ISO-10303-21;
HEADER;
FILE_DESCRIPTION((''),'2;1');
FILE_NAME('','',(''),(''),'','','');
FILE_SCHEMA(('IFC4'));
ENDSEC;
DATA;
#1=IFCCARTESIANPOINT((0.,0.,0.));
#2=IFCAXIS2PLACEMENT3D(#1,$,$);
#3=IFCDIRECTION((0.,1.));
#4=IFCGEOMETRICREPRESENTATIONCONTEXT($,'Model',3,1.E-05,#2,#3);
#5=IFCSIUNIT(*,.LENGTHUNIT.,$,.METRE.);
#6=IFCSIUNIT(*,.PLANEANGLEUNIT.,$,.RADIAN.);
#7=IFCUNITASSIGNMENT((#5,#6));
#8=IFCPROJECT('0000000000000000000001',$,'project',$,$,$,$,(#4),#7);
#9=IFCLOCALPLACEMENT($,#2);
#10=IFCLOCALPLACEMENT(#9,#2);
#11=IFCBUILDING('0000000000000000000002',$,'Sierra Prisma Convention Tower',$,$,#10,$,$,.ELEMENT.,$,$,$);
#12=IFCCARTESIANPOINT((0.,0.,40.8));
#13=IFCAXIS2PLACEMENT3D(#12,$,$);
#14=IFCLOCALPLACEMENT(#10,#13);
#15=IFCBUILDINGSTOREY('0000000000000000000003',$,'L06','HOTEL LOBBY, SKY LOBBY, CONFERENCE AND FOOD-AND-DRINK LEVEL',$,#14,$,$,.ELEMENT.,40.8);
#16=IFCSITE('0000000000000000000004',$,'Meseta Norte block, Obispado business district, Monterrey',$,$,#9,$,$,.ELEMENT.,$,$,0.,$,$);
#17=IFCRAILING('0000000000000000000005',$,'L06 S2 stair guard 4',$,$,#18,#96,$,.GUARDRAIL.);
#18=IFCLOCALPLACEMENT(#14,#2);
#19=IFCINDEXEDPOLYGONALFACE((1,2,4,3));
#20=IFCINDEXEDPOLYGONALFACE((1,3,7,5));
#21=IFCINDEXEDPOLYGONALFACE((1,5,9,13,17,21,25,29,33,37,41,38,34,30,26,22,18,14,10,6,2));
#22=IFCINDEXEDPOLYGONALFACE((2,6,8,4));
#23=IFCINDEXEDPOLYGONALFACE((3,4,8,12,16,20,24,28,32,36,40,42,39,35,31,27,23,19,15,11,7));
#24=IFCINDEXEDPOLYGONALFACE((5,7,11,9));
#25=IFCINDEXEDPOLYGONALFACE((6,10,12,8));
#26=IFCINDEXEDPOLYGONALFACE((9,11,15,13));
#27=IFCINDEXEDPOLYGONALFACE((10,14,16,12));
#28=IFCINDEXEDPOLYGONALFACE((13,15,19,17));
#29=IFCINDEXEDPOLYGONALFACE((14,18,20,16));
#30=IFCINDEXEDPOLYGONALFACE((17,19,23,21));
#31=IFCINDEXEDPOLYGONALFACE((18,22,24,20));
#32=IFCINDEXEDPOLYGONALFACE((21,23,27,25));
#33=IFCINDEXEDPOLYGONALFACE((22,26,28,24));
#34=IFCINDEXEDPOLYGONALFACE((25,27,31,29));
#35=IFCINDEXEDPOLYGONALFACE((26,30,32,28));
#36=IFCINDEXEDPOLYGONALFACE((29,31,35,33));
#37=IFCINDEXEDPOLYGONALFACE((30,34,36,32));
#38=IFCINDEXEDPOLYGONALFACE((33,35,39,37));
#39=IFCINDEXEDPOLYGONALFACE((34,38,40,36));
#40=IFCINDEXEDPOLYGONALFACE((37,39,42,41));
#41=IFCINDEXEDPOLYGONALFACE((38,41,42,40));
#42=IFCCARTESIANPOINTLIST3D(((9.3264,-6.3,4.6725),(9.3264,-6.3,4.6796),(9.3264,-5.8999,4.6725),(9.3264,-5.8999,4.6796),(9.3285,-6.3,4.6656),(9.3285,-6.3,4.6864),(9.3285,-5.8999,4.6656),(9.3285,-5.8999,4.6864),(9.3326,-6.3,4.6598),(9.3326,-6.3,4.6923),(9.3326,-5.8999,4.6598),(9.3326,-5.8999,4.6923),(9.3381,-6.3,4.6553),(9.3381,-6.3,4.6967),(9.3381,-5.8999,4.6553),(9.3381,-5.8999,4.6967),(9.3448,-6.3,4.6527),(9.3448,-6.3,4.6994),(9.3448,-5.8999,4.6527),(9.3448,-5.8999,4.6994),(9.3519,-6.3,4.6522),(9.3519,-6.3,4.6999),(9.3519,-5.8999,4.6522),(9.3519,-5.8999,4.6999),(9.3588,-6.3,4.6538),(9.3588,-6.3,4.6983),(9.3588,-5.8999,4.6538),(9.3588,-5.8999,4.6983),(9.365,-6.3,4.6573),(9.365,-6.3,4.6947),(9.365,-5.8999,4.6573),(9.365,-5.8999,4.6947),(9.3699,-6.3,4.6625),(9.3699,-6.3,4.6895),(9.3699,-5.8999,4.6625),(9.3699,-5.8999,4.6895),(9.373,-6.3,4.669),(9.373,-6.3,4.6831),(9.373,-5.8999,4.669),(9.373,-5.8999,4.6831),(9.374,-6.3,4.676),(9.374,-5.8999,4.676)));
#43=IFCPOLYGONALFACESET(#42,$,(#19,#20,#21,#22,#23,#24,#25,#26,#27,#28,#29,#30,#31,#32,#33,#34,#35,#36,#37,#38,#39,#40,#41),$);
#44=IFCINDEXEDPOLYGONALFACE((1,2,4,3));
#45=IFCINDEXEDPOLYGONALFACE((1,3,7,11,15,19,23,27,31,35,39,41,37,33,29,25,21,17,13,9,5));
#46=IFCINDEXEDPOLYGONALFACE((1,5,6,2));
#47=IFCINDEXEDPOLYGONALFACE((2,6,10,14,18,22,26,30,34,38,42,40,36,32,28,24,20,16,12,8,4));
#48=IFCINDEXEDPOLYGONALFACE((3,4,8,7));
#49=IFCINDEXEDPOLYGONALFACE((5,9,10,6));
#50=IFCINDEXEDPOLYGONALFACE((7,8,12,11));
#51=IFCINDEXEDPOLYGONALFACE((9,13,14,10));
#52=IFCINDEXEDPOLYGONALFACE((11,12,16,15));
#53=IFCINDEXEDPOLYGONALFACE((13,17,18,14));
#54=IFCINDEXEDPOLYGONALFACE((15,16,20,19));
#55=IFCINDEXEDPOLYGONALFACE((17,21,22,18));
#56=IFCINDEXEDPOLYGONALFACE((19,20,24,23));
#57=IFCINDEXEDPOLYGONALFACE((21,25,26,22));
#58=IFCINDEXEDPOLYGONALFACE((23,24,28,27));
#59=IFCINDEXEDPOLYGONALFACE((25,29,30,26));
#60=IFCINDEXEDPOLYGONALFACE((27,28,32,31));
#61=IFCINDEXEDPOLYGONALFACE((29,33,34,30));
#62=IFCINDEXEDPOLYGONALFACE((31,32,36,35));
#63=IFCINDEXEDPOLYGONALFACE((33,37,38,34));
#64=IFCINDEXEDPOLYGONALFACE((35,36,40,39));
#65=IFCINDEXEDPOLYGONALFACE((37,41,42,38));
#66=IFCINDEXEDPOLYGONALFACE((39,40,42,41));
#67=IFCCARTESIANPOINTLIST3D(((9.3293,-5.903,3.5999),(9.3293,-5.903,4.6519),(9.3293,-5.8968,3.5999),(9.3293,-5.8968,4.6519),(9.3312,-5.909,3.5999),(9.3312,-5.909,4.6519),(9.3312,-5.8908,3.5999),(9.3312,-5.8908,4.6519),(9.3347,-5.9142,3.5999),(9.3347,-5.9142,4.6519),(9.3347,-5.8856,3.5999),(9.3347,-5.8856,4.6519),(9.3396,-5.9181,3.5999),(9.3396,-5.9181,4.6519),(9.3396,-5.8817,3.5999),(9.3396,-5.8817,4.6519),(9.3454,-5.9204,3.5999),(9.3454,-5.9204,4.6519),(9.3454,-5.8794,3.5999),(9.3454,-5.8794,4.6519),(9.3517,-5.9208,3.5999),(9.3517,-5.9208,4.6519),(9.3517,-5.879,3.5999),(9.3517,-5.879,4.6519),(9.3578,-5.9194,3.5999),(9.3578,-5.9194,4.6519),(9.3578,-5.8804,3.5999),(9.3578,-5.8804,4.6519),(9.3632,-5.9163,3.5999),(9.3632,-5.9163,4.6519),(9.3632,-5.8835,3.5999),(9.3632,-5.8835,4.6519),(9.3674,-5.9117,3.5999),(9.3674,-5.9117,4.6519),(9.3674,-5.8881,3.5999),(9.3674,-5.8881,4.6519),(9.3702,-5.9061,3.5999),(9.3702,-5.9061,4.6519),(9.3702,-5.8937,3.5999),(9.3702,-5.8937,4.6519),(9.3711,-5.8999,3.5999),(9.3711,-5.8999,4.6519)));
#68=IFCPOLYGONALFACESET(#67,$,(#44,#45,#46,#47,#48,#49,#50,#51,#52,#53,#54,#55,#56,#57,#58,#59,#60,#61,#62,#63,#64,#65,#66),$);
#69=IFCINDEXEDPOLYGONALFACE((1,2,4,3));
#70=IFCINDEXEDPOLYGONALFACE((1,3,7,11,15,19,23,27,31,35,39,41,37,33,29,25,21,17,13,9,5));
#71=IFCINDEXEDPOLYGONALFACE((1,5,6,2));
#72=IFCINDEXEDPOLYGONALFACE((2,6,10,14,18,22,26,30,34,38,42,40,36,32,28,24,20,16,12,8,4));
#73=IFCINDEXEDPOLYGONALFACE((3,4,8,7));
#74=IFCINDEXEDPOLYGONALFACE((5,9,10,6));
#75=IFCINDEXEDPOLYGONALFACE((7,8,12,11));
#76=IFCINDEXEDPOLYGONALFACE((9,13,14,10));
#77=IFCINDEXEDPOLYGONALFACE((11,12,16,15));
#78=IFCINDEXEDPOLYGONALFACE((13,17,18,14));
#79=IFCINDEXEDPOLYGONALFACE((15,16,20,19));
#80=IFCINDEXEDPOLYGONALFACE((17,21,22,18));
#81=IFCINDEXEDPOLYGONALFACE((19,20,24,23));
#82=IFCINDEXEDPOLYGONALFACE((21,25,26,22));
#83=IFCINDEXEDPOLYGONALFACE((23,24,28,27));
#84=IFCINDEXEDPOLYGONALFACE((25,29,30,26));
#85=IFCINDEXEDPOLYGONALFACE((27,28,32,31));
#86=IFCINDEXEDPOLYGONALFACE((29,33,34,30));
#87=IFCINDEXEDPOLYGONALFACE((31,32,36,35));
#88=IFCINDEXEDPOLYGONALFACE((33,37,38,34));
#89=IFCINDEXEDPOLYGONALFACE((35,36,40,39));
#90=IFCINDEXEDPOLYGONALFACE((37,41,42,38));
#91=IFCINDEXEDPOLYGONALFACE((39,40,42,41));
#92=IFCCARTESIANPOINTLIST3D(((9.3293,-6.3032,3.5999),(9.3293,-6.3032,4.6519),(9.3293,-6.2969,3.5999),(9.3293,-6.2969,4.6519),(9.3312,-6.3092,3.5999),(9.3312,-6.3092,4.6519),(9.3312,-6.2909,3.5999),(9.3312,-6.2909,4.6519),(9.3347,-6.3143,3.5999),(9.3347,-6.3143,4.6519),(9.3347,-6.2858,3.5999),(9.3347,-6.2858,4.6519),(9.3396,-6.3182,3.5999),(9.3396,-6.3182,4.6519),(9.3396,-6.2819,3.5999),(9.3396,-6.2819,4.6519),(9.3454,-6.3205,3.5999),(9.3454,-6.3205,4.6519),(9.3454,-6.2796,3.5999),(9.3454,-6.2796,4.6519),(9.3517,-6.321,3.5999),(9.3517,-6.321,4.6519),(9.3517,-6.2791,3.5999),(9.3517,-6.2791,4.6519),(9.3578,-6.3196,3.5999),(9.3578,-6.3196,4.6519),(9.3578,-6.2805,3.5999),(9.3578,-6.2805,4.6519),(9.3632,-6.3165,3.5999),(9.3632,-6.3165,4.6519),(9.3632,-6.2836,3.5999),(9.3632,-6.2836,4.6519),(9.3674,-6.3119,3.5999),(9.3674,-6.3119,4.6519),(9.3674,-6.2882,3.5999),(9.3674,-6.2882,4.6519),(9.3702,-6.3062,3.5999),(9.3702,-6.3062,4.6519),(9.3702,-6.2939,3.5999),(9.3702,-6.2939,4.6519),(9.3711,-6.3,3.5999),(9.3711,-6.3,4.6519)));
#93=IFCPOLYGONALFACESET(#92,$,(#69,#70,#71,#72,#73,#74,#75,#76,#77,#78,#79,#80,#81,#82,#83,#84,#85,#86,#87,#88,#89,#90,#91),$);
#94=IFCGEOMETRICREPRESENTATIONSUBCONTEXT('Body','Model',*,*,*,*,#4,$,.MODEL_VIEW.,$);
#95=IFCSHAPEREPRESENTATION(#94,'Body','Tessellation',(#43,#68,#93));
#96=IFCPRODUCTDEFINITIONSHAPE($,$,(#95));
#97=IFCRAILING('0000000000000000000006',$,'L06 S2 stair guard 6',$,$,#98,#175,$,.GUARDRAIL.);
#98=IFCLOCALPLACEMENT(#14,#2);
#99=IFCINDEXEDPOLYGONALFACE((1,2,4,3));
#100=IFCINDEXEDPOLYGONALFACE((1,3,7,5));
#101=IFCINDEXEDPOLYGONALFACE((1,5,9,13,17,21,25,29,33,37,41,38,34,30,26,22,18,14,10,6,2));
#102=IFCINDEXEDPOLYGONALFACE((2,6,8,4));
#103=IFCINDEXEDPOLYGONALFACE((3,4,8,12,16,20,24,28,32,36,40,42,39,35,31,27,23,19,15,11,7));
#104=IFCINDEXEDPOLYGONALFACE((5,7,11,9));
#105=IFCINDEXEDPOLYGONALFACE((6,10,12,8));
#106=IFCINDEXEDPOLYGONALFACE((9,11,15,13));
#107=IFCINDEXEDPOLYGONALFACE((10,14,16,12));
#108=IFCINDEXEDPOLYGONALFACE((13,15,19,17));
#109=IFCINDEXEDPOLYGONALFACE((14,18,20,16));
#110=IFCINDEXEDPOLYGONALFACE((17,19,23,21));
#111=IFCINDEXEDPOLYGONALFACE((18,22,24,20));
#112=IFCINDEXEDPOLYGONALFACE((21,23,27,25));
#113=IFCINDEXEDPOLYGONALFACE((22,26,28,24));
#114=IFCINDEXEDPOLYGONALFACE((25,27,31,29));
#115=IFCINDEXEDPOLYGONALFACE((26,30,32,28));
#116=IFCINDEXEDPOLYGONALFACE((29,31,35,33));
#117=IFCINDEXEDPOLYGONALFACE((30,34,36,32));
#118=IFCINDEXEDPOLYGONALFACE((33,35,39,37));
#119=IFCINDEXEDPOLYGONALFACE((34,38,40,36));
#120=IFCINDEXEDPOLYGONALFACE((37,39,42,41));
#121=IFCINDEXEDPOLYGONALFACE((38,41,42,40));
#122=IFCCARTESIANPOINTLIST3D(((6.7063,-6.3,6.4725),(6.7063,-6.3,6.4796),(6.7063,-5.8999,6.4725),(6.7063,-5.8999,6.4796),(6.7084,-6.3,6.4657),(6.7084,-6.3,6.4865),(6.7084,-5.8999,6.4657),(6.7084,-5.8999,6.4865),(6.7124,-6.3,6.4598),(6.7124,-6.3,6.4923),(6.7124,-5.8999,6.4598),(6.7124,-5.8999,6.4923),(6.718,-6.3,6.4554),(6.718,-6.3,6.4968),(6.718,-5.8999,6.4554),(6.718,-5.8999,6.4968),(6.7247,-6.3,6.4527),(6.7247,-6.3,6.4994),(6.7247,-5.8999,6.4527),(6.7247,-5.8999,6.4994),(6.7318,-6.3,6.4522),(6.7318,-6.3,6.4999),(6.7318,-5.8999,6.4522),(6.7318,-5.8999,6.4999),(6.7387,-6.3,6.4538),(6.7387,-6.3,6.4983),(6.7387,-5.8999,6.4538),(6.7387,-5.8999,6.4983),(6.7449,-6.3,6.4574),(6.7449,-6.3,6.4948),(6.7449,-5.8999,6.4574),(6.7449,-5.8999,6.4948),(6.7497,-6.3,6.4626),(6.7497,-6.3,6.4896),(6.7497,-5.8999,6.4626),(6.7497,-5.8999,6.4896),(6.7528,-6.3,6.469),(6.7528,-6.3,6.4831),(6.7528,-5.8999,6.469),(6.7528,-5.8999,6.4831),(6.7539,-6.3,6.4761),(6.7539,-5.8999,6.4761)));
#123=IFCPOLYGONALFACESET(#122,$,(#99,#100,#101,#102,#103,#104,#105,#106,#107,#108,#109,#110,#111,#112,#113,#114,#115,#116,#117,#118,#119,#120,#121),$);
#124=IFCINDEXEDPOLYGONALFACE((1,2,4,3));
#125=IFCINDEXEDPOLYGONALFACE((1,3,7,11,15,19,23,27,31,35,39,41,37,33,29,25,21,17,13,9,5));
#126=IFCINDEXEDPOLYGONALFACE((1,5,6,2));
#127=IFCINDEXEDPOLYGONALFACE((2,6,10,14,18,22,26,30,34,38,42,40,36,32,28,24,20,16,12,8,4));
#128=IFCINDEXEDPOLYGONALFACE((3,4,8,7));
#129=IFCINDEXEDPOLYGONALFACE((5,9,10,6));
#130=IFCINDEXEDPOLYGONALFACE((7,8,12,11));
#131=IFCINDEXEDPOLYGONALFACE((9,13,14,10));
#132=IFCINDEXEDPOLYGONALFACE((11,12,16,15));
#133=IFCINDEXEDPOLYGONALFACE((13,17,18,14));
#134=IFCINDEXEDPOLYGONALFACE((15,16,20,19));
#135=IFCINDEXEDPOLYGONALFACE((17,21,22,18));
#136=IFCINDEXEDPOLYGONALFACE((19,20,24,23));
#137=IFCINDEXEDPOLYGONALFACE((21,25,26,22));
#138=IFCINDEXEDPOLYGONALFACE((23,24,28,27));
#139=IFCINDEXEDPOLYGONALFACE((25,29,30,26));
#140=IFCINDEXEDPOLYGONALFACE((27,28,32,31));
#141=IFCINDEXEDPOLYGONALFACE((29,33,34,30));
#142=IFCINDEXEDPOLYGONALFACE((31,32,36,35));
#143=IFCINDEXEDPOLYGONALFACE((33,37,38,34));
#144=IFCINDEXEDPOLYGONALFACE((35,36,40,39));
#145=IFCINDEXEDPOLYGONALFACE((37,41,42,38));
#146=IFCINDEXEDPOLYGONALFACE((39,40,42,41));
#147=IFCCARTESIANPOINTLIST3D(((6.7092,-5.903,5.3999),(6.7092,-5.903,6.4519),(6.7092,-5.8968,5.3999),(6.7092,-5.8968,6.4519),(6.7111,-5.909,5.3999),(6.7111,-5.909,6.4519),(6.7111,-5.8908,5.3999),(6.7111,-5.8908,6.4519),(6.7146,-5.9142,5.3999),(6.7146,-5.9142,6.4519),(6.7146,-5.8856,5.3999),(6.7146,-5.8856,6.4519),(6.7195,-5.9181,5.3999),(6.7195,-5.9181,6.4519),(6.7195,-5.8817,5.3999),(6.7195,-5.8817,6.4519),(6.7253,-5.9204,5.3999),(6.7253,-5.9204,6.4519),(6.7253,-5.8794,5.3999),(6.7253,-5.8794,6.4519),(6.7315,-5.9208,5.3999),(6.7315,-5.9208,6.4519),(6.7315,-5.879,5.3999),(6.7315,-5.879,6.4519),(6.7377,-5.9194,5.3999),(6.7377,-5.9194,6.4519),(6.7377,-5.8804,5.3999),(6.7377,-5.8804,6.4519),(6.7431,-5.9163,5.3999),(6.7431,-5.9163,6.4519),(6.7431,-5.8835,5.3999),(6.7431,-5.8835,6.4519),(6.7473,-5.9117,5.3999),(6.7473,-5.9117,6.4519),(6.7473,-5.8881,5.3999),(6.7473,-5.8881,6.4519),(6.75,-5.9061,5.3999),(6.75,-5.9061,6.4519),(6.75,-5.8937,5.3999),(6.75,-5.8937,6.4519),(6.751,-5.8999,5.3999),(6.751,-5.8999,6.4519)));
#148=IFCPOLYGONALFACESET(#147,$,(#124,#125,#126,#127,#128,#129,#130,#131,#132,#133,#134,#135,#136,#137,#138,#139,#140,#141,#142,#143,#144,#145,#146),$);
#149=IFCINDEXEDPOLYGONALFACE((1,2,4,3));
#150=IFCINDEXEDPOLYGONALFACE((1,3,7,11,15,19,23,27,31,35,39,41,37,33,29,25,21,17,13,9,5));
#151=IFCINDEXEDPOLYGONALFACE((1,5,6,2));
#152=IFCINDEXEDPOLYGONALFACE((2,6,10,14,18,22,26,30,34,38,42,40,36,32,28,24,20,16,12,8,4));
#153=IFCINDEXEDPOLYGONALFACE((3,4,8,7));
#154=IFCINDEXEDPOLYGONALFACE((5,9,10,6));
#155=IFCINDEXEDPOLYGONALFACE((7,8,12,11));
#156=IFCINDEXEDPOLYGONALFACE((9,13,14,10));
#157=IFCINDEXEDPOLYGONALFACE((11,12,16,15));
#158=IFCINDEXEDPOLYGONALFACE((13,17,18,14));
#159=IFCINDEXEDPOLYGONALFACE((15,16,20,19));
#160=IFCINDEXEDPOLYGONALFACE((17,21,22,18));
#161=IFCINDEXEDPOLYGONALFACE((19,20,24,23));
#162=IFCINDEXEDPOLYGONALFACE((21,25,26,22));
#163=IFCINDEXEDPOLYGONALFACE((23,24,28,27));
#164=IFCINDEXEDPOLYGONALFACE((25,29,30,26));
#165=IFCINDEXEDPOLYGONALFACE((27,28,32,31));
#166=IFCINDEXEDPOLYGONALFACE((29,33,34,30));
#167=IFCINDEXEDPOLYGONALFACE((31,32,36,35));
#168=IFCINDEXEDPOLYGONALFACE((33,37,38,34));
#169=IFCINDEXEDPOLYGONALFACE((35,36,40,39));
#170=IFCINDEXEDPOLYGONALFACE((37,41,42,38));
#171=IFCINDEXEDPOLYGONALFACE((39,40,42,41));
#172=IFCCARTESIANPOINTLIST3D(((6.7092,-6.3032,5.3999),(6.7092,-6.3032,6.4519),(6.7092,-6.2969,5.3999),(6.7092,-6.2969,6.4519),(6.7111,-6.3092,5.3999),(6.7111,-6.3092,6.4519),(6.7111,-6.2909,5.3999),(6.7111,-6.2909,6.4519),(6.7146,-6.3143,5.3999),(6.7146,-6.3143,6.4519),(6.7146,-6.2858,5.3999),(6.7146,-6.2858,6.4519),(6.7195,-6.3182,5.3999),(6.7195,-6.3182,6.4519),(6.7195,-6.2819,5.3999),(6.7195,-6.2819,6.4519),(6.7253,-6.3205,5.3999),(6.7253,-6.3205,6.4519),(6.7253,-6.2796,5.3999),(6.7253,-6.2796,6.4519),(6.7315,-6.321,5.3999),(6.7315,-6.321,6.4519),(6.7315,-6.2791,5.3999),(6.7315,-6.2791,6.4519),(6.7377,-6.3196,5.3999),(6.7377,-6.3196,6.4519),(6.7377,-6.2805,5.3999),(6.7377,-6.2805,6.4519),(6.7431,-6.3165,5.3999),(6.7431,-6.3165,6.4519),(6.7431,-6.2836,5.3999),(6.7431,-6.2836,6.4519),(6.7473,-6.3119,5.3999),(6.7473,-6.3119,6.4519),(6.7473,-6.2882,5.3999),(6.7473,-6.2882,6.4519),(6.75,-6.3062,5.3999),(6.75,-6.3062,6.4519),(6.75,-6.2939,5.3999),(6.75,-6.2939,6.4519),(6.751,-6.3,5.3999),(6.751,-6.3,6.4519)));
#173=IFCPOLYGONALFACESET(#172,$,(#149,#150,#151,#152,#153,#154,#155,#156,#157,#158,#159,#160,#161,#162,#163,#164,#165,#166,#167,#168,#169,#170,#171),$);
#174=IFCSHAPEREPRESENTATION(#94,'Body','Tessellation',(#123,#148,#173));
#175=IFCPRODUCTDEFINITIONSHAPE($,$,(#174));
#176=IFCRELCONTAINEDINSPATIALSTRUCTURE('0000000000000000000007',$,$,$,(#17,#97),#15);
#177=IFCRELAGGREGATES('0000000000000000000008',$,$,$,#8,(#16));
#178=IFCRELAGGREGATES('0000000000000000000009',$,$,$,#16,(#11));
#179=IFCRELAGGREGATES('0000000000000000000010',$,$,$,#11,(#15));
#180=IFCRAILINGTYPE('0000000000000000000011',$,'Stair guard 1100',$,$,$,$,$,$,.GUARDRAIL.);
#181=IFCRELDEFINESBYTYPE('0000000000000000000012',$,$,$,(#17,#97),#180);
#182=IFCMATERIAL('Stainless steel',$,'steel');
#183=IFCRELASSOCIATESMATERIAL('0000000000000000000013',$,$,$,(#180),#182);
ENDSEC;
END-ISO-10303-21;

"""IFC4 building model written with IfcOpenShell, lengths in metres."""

from ifc_helpers import new_model, si_unit, direction, frame, origin, origin_2d, place, context, subcontext, project, spatial, circle, extrude, material, type_object, element, save


model = new_model("IFC4")

# Units and contexts
model_context = context("Model", 3, precision=1e-05, world=origin(), true_north=direction((0.0, 1.0)))
body_context = subcontext(model_context, "Body", "Model", "MODEL_VIEW")
ifc_project = project(units=[si_unit("LENGTHUNIT", "METRE"), si_unit("PLANEANGLEUNIT", "RADIAN")], contexts=[model_context])

# Site, building, storey
site_placement = place(None, origin())
site = spatial("IfcSite", under=ifc_project, at=site_placement, Name="Meseta Norte block, Obispado business district, Monterrey", CompositionType="ELEMENT", RefElevation=0.0)
building_placement = place(site_placement, origin())
building = spatial("IfcBuilding", under=site, at=building_placement, Name="Sierra Prisma Convention Tower", CompositionType="ELEMENT")
storey_placement = place(building_placement, frame((0.0, 0.0, 40.8)))
storey = spatial("IfcBuildingStorey", under=building, at=storey_placement, Name="L06", Description="HOTEL LOBBY, SKY LOBBY, CONFERENCE AND FOOD-AND-DRINK LEVEL", CompositionType="ELEMENT", Elevation=40.8)

# Railings
ifc_material_1 = material(Name="Stainless steel", Category="steel")
railing_type_1 = type_object("IfcRailingType", Name="Stair guard 1100", PredefinedType="GUARDRAIL", material=ifc_material_1)
for number, where, name in (
    (1, (9.3501, -5.8999, 3.5999), "L06 S2 stair guard 4"),
    (2, (6.73, -5.8999, 5.3999), "L06 S2 stair guard 6"),
):
    element("IfcRailing", number, at=place(storey_placement, frame(where)), inside=storey, type_object=railing_type_1, Name=name, PredefinedType="GUARDRAIL", context=body_context, shape_type="SweptSolid", body=[
        extrude(circle(Radius=0.0239, at=origin_2d()), frame((0.0, 0.0, 1.0762), z_axis=(0.0, -1.0, 0.0), x_axis=(1.0, 0.0, 0.0)), (0.0, 0.0, 1.0), 0.4001),
        extrude(circle(Radius=0.021, at=origin_2d()), origin(), (0.0, 0.0, 1.0), 1.052),
        extrude(circle(Radius=0.021, at=origin_2d()), frame((0.0, -0.4001, 0.0)), (0.0, 0.0, 1.0), 1.052),
    ])

save(model, "model.ifc")
